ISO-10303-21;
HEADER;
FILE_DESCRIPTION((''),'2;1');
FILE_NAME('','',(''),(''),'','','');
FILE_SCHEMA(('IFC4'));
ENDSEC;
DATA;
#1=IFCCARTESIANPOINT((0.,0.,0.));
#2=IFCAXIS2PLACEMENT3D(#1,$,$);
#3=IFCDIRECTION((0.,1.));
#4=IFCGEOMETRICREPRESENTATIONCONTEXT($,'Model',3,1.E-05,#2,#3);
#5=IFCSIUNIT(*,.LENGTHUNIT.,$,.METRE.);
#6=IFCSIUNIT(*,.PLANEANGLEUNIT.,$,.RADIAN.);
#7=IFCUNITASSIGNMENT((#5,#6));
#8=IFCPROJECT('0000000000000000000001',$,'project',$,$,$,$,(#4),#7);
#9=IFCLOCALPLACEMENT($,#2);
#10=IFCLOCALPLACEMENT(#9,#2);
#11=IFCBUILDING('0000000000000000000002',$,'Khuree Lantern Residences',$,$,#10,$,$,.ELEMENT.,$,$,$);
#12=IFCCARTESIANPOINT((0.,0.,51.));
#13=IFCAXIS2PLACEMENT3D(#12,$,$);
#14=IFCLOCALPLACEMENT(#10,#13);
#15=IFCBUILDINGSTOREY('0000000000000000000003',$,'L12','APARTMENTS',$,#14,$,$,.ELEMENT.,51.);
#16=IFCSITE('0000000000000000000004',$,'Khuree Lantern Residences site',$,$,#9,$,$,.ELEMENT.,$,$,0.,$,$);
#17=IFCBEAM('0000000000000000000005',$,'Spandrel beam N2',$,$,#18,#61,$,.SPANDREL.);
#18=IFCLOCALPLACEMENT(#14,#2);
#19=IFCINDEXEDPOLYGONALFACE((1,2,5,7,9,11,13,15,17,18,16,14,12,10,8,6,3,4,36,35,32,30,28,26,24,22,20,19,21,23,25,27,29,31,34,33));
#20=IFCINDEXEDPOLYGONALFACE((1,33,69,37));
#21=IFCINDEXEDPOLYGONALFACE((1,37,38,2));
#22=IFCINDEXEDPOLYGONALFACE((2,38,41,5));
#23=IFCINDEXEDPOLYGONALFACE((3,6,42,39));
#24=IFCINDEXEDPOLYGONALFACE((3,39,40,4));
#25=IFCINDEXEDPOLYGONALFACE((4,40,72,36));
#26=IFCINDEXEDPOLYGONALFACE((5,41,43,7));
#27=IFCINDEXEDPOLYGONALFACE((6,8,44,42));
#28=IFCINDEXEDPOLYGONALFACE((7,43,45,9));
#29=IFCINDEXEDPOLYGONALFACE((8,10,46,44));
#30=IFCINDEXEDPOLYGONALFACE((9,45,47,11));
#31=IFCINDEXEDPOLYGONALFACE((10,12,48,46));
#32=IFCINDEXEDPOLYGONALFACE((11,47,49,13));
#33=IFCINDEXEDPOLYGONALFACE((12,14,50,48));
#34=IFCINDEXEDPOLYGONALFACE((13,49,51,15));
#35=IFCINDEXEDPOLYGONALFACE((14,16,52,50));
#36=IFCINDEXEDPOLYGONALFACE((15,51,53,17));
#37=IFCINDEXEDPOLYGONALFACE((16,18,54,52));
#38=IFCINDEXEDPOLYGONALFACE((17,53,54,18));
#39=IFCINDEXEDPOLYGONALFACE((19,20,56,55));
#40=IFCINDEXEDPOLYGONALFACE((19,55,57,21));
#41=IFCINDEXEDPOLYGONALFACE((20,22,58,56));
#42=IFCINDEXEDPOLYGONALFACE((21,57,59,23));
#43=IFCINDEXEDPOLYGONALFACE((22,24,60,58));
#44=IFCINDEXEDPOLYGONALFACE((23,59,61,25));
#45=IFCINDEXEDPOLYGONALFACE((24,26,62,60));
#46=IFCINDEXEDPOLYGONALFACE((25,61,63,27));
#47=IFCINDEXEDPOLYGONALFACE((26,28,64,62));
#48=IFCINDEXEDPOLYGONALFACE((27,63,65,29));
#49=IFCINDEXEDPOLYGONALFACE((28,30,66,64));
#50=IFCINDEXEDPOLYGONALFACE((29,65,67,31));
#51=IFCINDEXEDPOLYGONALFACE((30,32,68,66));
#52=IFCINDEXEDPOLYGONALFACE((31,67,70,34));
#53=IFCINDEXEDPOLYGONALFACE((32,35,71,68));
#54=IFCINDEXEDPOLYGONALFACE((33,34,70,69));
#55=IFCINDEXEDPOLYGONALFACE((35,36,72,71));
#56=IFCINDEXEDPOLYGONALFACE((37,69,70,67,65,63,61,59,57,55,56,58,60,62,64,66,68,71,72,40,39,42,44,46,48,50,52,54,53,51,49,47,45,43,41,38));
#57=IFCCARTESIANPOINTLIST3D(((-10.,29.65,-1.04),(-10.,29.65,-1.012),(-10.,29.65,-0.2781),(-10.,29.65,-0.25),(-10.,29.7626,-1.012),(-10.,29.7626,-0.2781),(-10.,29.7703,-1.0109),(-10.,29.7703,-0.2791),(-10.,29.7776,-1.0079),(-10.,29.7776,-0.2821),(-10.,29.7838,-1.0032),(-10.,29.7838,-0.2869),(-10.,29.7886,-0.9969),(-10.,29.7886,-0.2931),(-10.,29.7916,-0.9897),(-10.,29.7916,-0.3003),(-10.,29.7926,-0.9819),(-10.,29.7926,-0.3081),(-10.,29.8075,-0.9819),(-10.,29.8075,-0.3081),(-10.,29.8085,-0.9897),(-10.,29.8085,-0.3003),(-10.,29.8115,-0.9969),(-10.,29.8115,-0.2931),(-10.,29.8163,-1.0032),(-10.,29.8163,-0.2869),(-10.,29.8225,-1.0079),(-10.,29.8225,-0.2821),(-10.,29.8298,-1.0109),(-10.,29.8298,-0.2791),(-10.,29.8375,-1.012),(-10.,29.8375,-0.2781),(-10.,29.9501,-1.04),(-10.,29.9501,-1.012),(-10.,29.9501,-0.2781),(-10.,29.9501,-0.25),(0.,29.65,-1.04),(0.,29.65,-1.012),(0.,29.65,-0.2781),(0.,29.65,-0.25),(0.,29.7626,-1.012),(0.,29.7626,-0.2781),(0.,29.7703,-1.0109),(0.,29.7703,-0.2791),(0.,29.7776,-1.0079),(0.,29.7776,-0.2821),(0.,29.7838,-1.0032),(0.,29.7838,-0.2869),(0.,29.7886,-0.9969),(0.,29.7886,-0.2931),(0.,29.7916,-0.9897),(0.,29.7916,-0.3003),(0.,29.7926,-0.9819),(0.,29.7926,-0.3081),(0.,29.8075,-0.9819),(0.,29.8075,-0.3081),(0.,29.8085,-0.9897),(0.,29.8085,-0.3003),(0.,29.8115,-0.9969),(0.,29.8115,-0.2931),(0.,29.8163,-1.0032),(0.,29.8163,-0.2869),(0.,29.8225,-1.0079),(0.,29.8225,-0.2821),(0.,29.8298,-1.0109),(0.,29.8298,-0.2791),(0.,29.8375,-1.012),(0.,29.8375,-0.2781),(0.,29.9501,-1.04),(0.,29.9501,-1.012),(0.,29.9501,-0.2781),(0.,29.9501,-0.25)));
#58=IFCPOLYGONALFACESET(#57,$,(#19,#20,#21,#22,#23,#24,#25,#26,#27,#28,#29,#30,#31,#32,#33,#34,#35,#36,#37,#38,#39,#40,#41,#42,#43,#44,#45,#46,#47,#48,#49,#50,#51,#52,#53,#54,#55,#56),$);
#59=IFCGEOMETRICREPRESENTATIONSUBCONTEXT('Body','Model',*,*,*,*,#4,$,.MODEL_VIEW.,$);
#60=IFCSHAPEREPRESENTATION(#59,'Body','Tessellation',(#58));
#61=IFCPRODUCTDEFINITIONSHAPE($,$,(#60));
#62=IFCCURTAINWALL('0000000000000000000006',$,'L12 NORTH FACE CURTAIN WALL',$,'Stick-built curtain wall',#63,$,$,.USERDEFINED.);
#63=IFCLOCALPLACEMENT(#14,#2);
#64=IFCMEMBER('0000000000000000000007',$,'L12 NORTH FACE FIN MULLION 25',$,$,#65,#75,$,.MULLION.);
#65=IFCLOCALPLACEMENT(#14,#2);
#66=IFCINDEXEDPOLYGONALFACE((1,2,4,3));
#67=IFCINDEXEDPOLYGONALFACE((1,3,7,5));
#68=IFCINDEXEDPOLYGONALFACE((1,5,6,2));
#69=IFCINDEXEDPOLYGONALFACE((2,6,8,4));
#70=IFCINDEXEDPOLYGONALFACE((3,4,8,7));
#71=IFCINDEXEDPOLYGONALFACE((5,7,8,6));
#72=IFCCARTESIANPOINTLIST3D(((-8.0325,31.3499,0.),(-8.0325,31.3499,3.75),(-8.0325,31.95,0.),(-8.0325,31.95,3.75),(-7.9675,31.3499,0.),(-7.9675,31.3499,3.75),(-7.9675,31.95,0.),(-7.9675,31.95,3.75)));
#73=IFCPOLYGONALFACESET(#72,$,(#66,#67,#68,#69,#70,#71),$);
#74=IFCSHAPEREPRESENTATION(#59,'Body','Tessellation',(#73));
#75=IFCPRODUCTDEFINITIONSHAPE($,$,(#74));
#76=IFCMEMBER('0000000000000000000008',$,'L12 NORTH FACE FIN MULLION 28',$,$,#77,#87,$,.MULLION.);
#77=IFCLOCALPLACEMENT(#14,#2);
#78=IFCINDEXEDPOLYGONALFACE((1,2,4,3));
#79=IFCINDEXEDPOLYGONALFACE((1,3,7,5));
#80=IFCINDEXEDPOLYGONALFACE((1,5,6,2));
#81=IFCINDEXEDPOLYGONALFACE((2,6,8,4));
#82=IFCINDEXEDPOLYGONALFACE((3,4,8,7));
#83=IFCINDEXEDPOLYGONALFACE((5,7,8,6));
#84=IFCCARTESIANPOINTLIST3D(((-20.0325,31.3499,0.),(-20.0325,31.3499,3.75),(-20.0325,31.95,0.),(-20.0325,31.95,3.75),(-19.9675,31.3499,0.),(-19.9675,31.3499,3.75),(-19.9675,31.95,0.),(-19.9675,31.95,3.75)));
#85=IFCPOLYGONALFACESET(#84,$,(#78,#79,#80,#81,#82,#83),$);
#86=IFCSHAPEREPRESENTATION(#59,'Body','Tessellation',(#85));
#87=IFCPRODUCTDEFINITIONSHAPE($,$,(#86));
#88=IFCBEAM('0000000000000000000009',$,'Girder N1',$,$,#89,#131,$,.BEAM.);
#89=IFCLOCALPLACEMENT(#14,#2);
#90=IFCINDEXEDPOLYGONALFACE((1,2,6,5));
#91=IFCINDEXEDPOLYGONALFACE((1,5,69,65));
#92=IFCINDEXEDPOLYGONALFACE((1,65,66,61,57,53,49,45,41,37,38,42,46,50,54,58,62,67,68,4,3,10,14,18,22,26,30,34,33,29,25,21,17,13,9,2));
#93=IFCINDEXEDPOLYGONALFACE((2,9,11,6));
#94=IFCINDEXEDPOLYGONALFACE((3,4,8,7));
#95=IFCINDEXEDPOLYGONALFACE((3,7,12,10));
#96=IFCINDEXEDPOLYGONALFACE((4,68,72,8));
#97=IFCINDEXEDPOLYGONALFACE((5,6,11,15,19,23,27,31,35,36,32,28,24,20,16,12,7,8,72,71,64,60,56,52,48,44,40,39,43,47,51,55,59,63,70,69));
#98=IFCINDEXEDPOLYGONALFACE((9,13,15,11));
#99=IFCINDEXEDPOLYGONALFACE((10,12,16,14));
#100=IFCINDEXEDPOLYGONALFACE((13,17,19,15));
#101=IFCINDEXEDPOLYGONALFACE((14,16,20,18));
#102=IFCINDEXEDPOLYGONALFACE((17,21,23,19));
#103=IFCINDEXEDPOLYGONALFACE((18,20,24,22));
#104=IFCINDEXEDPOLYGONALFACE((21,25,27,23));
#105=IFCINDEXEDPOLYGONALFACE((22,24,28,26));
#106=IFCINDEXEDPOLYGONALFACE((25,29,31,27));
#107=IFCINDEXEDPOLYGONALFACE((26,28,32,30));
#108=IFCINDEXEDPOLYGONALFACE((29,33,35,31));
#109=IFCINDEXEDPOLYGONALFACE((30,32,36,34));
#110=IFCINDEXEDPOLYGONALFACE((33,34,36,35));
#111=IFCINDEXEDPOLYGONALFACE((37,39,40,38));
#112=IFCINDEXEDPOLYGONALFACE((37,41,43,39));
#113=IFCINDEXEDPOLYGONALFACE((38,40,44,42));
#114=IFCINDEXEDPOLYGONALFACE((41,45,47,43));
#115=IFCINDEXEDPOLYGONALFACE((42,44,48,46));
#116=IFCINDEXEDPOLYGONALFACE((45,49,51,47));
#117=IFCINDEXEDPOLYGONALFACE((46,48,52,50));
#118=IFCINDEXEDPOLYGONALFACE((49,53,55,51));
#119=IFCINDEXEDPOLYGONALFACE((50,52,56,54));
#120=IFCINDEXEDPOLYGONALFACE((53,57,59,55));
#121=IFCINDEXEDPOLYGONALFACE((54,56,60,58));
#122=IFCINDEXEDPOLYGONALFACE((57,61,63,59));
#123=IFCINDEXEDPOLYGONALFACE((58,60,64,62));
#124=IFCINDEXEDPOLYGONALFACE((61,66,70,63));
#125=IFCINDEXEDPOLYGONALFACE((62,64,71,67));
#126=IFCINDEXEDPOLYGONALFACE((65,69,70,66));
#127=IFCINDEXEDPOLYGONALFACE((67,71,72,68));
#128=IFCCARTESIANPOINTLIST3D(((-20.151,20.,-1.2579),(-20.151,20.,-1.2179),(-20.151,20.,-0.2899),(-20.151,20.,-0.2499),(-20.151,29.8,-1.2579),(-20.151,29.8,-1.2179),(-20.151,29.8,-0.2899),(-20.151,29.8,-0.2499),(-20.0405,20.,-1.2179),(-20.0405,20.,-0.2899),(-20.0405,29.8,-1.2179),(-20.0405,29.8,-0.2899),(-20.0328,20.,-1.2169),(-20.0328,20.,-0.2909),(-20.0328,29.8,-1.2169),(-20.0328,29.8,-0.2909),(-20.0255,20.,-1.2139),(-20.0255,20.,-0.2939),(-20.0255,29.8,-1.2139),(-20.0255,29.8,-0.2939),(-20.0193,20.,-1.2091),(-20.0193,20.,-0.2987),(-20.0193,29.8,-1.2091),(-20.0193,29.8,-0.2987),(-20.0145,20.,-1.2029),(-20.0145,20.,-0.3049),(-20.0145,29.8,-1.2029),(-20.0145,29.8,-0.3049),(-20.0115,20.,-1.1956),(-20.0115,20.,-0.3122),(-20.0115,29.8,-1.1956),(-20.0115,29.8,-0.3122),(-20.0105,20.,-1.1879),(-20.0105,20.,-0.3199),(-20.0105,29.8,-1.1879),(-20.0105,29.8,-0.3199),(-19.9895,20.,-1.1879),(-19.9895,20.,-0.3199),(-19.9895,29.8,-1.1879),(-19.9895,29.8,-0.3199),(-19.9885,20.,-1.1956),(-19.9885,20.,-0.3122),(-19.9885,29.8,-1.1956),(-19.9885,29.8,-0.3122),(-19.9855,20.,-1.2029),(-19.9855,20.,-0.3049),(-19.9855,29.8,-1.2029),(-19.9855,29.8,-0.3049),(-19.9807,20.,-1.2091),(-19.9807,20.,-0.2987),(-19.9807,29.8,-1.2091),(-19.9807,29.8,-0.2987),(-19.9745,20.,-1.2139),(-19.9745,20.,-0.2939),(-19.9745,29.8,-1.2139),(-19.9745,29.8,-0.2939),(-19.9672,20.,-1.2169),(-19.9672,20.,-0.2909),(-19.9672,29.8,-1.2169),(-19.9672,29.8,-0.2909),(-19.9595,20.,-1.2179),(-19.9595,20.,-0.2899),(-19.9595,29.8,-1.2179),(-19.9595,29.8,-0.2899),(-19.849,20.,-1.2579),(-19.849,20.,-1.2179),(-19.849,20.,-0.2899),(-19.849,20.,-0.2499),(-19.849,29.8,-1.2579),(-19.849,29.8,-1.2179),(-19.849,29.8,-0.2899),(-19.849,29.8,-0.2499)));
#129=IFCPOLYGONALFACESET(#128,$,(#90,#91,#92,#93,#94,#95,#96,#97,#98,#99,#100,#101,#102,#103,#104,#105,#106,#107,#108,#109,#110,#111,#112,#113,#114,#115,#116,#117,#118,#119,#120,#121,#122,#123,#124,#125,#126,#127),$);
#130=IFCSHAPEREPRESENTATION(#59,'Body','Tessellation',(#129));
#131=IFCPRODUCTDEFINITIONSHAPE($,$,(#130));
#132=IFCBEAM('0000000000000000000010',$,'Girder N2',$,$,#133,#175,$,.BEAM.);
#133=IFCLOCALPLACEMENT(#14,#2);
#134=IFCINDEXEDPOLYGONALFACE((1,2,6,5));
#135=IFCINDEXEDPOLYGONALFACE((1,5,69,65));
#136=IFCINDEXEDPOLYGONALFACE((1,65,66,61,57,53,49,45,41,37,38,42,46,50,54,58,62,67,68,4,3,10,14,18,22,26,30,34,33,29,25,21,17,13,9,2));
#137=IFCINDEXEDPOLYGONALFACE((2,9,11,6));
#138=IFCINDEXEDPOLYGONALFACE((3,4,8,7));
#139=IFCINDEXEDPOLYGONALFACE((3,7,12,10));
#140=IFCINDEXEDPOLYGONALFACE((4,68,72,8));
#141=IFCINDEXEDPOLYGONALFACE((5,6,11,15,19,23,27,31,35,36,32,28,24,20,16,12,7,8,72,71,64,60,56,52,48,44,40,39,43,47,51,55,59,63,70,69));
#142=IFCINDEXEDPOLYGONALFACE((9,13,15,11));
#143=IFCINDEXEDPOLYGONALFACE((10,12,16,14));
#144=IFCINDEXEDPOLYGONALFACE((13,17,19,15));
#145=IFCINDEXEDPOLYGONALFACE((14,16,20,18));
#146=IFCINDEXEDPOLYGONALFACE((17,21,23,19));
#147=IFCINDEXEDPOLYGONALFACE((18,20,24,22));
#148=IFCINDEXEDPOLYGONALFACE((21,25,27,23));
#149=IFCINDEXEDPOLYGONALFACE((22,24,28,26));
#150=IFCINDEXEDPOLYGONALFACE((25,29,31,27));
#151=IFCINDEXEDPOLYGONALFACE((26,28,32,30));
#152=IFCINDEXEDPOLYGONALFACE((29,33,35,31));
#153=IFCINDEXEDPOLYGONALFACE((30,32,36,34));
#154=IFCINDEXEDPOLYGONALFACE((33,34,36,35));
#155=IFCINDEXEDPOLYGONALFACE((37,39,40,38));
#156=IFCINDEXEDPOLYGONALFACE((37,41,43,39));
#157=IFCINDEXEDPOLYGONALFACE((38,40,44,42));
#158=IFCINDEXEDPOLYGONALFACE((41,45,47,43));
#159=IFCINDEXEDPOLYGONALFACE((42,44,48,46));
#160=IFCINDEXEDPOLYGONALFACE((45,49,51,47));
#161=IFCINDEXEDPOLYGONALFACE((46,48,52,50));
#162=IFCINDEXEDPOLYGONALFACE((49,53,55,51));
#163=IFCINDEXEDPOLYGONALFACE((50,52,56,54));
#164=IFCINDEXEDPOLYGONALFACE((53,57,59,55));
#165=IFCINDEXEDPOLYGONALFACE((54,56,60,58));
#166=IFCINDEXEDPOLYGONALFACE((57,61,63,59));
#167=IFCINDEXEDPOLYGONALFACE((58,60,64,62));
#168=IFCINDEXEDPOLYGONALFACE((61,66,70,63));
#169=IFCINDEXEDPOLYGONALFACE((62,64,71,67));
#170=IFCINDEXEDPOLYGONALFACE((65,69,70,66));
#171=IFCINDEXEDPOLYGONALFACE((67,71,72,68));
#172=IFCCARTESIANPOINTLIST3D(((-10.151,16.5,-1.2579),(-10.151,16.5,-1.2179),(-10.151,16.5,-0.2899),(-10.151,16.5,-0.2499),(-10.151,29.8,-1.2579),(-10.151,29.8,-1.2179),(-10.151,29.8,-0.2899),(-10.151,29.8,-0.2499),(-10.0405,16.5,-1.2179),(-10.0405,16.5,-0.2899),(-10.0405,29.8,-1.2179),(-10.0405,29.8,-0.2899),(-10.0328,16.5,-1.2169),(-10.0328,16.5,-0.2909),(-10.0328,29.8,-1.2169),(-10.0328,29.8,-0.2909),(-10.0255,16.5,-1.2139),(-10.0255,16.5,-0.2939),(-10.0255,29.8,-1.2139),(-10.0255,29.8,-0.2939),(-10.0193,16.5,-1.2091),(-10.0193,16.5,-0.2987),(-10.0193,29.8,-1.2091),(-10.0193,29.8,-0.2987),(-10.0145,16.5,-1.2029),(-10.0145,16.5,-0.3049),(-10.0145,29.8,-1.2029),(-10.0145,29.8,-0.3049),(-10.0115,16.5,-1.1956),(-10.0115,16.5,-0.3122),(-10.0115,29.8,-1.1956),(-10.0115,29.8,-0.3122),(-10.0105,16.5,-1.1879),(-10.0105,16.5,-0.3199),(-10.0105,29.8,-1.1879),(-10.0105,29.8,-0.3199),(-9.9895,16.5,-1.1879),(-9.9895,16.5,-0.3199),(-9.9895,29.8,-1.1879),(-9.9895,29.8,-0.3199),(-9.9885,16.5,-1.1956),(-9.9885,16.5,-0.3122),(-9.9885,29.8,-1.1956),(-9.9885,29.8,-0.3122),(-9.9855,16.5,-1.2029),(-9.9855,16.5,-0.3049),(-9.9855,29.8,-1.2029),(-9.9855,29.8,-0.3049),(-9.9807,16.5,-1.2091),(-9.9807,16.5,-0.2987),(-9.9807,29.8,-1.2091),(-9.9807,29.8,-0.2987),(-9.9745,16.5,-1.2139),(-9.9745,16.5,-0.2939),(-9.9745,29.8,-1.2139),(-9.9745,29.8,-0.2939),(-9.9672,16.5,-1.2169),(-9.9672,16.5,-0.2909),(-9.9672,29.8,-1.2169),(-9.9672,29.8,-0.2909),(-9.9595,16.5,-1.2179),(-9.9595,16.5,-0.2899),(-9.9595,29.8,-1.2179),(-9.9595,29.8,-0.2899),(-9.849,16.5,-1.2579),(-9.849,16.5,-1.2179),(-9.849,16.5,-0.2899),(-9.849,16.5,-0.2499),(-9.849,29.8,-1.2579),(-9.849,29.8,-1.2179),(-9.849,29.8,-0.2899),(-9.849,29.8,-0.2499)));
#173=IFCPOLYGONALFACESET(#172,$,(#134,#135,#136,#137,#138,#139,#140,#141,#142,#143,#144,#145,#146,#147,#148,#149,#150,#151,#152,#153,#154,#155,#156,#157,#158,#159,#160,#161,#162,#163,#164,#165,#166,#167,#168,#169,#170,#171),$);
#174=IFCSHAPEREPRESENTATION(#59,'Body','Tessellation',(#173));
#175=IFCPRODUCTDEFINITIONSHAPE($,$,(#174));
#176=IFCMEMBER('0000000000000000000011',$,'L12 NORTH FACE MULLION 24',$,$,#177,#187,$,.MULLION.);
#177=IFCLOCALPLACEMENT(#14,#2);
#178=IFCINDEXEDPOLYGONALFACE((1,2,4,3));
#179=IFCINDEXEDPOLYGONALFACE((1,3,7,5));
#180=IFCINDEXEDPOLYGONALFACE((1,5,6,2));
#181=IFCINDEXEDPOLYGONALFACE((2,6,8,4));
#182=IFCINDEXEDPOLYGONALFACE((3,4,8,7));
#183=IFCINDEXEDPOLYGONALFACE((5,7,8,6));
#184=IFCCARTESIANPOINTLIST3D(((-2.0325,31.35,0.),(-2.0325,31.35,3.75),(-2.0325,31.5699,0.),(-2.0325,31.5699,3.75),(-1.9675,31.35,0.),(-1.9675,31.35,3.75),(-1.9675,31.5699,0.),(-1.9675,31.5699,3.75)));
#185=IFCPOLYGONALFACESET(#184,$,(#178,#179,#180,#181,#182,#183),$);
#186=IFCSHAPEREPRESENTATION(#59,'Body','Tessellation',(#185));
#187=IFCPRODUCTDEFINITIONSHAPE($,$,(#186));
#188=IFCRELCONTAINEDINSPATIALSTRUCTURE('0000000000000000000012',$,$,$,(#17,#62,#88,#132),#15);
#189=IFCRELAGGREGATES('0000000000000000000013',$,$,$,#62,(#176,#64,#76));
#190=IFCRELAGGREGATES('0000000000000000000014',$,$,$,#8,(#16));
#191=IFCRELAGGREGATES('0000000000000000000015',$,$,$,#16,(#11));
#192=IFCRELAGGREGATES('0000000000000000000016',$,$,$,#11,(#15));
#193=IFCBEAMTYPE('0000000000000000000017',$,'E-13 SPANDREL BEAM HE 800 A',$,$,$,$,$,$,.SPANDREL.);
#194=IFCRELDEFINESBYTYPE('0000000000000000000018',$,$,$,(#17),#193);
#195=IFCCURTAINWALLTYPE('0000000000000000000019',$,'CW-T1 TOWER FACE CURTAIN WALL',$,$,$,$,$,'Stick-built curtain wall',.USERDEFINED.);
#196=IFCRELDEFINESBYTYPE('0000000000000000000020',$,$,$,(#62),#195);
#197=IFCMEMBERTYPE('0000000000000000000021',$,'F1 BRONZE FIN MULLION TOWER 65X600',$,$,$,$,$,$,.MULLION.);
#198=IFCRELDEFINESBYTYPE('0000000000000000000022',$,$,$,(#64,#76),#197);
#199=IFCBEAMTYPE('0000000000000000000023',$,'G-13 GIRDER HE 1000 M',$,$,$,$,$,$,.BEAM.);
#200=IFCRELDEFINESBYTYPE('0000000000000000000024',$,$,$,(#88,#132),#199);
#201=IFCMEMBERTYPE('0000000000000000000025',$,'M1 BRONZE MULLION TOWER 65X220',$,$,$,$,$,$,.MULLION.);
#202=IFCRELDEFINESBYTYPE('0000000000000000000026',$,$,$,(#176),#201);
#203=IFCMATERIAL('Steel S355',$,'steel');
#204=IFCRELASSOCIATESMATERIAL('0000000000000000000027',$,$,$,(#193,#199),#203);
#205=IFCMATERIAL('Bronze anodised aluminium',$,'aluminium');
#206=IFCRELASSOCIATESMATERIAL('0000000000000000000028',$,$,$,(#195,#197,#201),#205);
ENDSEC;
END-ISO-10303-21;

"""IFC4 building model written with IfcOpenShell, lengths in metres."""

from ifc_helpers import new_model, si_unit, direction, frame, origin, origin_2d, place, context, subcontext, project, spatial, rectangle, i_section, extrude, material, material_profile, profile_set, type_object, element, aggregate, save


model = new_model("IFC4")

# Units and contexts
model_context = context("Model", 3, precision=1e-05, world=origin(), true_north=direction((0.0, 1.0)))
body_context = subcontext(model_context, "Body", "Model", "MODEL_VIEW")
ifc_project = project(units=[si_unit("LENGTHUNIT", "METRE"), si_unit("PLANEANGLEUNIT", "RADIAN")], contexts=[model_context])

# Site, building, storey
site_placement = place(None, origin())
site = spatial("IfcSite", under=ifc_project, at=site_placement, Name="Khuree Lantern Residences site", CompositionType="ELEMENT", RefElevation=0.0)
building_placement = place(site_placement, origin())
building = spatial("IfcBuilding", under=site, at=building_placement, Name="Khuree Lantern Residences", CompositionType="ELEMENT")
storey_placement = place(building_placement, frame((0.0, 0.0, 51.0)))
storey = spatial("IfcBuildingStorey", under=building, at=storey_placement, Name="L12", Description="APARTMENTS", CompositionType="ELEMENT", Elevation=51.0)

# Beam
ifc_material_1 = material(Name="Steel S355", Category="steel")
ifc_material_profile_1 = material_profile(ifc_material_1, i_section(OverallWidth=0.3, OverallDepth=0.79, WebThickness=0.0149, FlangeThickness=0.0281, FilletRadius=0.03, at=origin_2d()), Name="HE 800 A")
ifc_profile_set_1 = profile_set([ifc_material_profile_1], Name="Steel S355")
beam_type_1 = type_object("IfcBeamType", Name="E-13 SPANDREL BEAM HE 800 A", PredefinedType="SPANDREL", material=ifc_profile_set_1)
for number, where, z_axis, x_axis, name in (
    (1, (-10.0, 29.8, -0.645), (1.0, 0.0, 0.0), (0.0, 1.0, 0.0), "Spandrel beam N2"),
):
    element("IfcBeam", number, at=place(storey_placement, frame(where, z_axis=z_axis, x_axis=x_axis)), inside=storey, type_object=beam_type_1, Name=name, PredefinedType="SPANDREL", context=body_context, shape_type="SweptSolid", body=[
        extrude(i_section(OverallWidth=0.3, OverallDepth=0.79, WebThickness=0.0149, FlangeThickness=0.0281, FilletRadius=0.03, at=origin_2d()), origin(), (0.0, 0.0, 1.0), 10.0),
    ])

# Curtain wall, members
ifc_material_2 = material(Name="Bronze anodised aluminium", Category="aluminium")
curtain_wall_type = type_object("IfcCurtainWallType", Name="CW-T1 TOWER FACE CURTAIN WALL", ElementType="Stick-built curtain wall", PredefinedType="USERDEFINED", material=ifc_material_2)
curtain_wall_placement = place(storey_placement, origin())
curtain_wall = element("IfcCurtainWall", 2, at=curtain_wall_placement, inside=storey, type_object=curtain_wall_type, Name="L12 NORTH FACE CURTAIN WALL", ObjectType="Stick-built curtain wall", PredefinedType="USERDEFINED")
ifc_material_profile_2 = material_profile(ifc_material_2, rectangle(XDim=0.0649, YDim=0.6001, at=origin_2d()), Name="F1 65X600")
ifc_profile_set_2 = profile_set([ifc_material_profile_2], Name="Bronze anodised aluminium")
member_type_1 = type_object("IfcMemberType", Name="F1 BRONZE FIN MULLION TOWER 65X600", PredefinedType="MULLION", material=ifc_profile_set_2)
member_1_placement = place(storey_placement, frame((-8.0, 31.6499, 0.0), z_axis=(0.0, 0.0, 1.0), x_axis=(-1.0, 0.0, 0.0)))
member_1 = element("IfcMember", 3, at=member_1_placement, type_object=member_type_1, Name="L12 NORTH FACE FIN MULLION 25", PredefinedType="MULLION", context=body_context, shape_type="SweptSolid", body=[
    extrude(rectangle(XDim=0.0649, YDim=0.6001, at=origin_2d()), origin(), (0.0, 0.0, 1.0), 3.75),
])
member_2_placement = place(storey_placement, frame((-20.0, 31.6499, 0.0), z_axis=(0.0, 0.0, 1.0), x_axis=(-1.0, 0.0, 0.0)))
member_2 = element("IfcMember", 4, at=member_2_placement, type_object=member_type_1, Name="L12 NORTH FACE FIN MULLION 28", PredefinedType="MULLION", context=body_context, shape_type="SweptSolid", body=[
    extrude(rectangle(XDim=0.0649, YDim=0.6001, at=origin_2d()), origin(), (0.0, 0.0, 1.0), 3.75),
])

# Beams
ifc_material_profile_3 = material_profile(ifc_material_1, i_section(OverallWidth=0.302, OverallDepth=1.0081, WebThickness=0.021, FlangeThickness=0.04, FilletRadius=0.03, at=origin_2d()), Name="HE 1000 M")
ifc_profile_set_3 = profile_set([ifc_material_profile_3], Name="Steel S355")
beam_type_2 = type_object("IfcBeamType", Name="G-13 GIRDER HE 1000 M", PredefinedType="BEAM", material=ifc_profile_set_3)
beam_1_placement = place(storey_placement, frame((-20.0, 29.8, -0.7539), z_axis=(0.0, -1.0, 0.0), x_axis=(1.0, 0.0, 0.0)))
element("IfcBeam", 5, at=beam_1_placement, inside=storey, type_object=beam_type_2, Name="Girder N1", PredefinedType="BEAM", context=body_context, shape_type="SweptSolid", body=[
    extrude(i_section(OverallWidth=0.302, OverallDepth=1.0081, WebThickness=0.021, FlangeThickness=0.04, FilletRadius=0.03, at=origin_2d()), origin(), (0.0, 0.0, 1.0), 9.8),
])
beam_2_placement = place(storey_placement, frame((-10.0, 29.8, -0.7539), z_axis=(0.0, -1.0, 0.0), x_axis=(1.0, 0.0, 0.0)))
element("IfcBeam", 6, at=beam_2_placement, inside=storey, type_object=beam_type_2, Name="Girder N2", PredefinedType="BEAM", context=body_context, shape_type="SweptSolid", body=[
    extrude(i_section(OverallWidth=0.302, OverallDepth=1.0081, WebThickness=0.021, FlangeThickness=0.04, FilletRadius=0.03, at=origin_2d()), origin(), (0.0, 0.0, 1.0), 13.3),
])

# Member
ifc_material_profile_4 = material_profile(ifc_material_2, rectangle(XDim=0.0649, YDim=0.22, at=origin_2d()), Name="M1 65X220")
ifc_profile_set_4 = profile_set([ifc_material_profile_4], Name="Bronze anodised aluminium")
member_type_2 = type_object("IfcMemberType", Name="M1 BRONZE MULLION TOWER 65X220", PredefinedType="MULLION", material=ifc_profile_set_4)
member_3_placement = place(storey_placement, frame((-2.0, 31.46, 0.0), z_axis=(0.0, 0.0, 1.0), x_axis=(-1.0, 0.0, 0.0)))
member_3 = element("IfcMember", 7, at=member_3_placement, type_object=member_type_2, Name="L12 NORTH FACE MULLION 24", PredefinedType="MULLION", context=body_context, shape_type="SweptSolid", body=[
    extrude(rectangle(XDim=0.0649, YDim=0.22, at=origin_2d()), origin(), (0.0, 0.0, 1.0), 3.75),
])

aggregate(curtain_wall, [member_3, member_1, member_2])

save(model, "model.ifc")
